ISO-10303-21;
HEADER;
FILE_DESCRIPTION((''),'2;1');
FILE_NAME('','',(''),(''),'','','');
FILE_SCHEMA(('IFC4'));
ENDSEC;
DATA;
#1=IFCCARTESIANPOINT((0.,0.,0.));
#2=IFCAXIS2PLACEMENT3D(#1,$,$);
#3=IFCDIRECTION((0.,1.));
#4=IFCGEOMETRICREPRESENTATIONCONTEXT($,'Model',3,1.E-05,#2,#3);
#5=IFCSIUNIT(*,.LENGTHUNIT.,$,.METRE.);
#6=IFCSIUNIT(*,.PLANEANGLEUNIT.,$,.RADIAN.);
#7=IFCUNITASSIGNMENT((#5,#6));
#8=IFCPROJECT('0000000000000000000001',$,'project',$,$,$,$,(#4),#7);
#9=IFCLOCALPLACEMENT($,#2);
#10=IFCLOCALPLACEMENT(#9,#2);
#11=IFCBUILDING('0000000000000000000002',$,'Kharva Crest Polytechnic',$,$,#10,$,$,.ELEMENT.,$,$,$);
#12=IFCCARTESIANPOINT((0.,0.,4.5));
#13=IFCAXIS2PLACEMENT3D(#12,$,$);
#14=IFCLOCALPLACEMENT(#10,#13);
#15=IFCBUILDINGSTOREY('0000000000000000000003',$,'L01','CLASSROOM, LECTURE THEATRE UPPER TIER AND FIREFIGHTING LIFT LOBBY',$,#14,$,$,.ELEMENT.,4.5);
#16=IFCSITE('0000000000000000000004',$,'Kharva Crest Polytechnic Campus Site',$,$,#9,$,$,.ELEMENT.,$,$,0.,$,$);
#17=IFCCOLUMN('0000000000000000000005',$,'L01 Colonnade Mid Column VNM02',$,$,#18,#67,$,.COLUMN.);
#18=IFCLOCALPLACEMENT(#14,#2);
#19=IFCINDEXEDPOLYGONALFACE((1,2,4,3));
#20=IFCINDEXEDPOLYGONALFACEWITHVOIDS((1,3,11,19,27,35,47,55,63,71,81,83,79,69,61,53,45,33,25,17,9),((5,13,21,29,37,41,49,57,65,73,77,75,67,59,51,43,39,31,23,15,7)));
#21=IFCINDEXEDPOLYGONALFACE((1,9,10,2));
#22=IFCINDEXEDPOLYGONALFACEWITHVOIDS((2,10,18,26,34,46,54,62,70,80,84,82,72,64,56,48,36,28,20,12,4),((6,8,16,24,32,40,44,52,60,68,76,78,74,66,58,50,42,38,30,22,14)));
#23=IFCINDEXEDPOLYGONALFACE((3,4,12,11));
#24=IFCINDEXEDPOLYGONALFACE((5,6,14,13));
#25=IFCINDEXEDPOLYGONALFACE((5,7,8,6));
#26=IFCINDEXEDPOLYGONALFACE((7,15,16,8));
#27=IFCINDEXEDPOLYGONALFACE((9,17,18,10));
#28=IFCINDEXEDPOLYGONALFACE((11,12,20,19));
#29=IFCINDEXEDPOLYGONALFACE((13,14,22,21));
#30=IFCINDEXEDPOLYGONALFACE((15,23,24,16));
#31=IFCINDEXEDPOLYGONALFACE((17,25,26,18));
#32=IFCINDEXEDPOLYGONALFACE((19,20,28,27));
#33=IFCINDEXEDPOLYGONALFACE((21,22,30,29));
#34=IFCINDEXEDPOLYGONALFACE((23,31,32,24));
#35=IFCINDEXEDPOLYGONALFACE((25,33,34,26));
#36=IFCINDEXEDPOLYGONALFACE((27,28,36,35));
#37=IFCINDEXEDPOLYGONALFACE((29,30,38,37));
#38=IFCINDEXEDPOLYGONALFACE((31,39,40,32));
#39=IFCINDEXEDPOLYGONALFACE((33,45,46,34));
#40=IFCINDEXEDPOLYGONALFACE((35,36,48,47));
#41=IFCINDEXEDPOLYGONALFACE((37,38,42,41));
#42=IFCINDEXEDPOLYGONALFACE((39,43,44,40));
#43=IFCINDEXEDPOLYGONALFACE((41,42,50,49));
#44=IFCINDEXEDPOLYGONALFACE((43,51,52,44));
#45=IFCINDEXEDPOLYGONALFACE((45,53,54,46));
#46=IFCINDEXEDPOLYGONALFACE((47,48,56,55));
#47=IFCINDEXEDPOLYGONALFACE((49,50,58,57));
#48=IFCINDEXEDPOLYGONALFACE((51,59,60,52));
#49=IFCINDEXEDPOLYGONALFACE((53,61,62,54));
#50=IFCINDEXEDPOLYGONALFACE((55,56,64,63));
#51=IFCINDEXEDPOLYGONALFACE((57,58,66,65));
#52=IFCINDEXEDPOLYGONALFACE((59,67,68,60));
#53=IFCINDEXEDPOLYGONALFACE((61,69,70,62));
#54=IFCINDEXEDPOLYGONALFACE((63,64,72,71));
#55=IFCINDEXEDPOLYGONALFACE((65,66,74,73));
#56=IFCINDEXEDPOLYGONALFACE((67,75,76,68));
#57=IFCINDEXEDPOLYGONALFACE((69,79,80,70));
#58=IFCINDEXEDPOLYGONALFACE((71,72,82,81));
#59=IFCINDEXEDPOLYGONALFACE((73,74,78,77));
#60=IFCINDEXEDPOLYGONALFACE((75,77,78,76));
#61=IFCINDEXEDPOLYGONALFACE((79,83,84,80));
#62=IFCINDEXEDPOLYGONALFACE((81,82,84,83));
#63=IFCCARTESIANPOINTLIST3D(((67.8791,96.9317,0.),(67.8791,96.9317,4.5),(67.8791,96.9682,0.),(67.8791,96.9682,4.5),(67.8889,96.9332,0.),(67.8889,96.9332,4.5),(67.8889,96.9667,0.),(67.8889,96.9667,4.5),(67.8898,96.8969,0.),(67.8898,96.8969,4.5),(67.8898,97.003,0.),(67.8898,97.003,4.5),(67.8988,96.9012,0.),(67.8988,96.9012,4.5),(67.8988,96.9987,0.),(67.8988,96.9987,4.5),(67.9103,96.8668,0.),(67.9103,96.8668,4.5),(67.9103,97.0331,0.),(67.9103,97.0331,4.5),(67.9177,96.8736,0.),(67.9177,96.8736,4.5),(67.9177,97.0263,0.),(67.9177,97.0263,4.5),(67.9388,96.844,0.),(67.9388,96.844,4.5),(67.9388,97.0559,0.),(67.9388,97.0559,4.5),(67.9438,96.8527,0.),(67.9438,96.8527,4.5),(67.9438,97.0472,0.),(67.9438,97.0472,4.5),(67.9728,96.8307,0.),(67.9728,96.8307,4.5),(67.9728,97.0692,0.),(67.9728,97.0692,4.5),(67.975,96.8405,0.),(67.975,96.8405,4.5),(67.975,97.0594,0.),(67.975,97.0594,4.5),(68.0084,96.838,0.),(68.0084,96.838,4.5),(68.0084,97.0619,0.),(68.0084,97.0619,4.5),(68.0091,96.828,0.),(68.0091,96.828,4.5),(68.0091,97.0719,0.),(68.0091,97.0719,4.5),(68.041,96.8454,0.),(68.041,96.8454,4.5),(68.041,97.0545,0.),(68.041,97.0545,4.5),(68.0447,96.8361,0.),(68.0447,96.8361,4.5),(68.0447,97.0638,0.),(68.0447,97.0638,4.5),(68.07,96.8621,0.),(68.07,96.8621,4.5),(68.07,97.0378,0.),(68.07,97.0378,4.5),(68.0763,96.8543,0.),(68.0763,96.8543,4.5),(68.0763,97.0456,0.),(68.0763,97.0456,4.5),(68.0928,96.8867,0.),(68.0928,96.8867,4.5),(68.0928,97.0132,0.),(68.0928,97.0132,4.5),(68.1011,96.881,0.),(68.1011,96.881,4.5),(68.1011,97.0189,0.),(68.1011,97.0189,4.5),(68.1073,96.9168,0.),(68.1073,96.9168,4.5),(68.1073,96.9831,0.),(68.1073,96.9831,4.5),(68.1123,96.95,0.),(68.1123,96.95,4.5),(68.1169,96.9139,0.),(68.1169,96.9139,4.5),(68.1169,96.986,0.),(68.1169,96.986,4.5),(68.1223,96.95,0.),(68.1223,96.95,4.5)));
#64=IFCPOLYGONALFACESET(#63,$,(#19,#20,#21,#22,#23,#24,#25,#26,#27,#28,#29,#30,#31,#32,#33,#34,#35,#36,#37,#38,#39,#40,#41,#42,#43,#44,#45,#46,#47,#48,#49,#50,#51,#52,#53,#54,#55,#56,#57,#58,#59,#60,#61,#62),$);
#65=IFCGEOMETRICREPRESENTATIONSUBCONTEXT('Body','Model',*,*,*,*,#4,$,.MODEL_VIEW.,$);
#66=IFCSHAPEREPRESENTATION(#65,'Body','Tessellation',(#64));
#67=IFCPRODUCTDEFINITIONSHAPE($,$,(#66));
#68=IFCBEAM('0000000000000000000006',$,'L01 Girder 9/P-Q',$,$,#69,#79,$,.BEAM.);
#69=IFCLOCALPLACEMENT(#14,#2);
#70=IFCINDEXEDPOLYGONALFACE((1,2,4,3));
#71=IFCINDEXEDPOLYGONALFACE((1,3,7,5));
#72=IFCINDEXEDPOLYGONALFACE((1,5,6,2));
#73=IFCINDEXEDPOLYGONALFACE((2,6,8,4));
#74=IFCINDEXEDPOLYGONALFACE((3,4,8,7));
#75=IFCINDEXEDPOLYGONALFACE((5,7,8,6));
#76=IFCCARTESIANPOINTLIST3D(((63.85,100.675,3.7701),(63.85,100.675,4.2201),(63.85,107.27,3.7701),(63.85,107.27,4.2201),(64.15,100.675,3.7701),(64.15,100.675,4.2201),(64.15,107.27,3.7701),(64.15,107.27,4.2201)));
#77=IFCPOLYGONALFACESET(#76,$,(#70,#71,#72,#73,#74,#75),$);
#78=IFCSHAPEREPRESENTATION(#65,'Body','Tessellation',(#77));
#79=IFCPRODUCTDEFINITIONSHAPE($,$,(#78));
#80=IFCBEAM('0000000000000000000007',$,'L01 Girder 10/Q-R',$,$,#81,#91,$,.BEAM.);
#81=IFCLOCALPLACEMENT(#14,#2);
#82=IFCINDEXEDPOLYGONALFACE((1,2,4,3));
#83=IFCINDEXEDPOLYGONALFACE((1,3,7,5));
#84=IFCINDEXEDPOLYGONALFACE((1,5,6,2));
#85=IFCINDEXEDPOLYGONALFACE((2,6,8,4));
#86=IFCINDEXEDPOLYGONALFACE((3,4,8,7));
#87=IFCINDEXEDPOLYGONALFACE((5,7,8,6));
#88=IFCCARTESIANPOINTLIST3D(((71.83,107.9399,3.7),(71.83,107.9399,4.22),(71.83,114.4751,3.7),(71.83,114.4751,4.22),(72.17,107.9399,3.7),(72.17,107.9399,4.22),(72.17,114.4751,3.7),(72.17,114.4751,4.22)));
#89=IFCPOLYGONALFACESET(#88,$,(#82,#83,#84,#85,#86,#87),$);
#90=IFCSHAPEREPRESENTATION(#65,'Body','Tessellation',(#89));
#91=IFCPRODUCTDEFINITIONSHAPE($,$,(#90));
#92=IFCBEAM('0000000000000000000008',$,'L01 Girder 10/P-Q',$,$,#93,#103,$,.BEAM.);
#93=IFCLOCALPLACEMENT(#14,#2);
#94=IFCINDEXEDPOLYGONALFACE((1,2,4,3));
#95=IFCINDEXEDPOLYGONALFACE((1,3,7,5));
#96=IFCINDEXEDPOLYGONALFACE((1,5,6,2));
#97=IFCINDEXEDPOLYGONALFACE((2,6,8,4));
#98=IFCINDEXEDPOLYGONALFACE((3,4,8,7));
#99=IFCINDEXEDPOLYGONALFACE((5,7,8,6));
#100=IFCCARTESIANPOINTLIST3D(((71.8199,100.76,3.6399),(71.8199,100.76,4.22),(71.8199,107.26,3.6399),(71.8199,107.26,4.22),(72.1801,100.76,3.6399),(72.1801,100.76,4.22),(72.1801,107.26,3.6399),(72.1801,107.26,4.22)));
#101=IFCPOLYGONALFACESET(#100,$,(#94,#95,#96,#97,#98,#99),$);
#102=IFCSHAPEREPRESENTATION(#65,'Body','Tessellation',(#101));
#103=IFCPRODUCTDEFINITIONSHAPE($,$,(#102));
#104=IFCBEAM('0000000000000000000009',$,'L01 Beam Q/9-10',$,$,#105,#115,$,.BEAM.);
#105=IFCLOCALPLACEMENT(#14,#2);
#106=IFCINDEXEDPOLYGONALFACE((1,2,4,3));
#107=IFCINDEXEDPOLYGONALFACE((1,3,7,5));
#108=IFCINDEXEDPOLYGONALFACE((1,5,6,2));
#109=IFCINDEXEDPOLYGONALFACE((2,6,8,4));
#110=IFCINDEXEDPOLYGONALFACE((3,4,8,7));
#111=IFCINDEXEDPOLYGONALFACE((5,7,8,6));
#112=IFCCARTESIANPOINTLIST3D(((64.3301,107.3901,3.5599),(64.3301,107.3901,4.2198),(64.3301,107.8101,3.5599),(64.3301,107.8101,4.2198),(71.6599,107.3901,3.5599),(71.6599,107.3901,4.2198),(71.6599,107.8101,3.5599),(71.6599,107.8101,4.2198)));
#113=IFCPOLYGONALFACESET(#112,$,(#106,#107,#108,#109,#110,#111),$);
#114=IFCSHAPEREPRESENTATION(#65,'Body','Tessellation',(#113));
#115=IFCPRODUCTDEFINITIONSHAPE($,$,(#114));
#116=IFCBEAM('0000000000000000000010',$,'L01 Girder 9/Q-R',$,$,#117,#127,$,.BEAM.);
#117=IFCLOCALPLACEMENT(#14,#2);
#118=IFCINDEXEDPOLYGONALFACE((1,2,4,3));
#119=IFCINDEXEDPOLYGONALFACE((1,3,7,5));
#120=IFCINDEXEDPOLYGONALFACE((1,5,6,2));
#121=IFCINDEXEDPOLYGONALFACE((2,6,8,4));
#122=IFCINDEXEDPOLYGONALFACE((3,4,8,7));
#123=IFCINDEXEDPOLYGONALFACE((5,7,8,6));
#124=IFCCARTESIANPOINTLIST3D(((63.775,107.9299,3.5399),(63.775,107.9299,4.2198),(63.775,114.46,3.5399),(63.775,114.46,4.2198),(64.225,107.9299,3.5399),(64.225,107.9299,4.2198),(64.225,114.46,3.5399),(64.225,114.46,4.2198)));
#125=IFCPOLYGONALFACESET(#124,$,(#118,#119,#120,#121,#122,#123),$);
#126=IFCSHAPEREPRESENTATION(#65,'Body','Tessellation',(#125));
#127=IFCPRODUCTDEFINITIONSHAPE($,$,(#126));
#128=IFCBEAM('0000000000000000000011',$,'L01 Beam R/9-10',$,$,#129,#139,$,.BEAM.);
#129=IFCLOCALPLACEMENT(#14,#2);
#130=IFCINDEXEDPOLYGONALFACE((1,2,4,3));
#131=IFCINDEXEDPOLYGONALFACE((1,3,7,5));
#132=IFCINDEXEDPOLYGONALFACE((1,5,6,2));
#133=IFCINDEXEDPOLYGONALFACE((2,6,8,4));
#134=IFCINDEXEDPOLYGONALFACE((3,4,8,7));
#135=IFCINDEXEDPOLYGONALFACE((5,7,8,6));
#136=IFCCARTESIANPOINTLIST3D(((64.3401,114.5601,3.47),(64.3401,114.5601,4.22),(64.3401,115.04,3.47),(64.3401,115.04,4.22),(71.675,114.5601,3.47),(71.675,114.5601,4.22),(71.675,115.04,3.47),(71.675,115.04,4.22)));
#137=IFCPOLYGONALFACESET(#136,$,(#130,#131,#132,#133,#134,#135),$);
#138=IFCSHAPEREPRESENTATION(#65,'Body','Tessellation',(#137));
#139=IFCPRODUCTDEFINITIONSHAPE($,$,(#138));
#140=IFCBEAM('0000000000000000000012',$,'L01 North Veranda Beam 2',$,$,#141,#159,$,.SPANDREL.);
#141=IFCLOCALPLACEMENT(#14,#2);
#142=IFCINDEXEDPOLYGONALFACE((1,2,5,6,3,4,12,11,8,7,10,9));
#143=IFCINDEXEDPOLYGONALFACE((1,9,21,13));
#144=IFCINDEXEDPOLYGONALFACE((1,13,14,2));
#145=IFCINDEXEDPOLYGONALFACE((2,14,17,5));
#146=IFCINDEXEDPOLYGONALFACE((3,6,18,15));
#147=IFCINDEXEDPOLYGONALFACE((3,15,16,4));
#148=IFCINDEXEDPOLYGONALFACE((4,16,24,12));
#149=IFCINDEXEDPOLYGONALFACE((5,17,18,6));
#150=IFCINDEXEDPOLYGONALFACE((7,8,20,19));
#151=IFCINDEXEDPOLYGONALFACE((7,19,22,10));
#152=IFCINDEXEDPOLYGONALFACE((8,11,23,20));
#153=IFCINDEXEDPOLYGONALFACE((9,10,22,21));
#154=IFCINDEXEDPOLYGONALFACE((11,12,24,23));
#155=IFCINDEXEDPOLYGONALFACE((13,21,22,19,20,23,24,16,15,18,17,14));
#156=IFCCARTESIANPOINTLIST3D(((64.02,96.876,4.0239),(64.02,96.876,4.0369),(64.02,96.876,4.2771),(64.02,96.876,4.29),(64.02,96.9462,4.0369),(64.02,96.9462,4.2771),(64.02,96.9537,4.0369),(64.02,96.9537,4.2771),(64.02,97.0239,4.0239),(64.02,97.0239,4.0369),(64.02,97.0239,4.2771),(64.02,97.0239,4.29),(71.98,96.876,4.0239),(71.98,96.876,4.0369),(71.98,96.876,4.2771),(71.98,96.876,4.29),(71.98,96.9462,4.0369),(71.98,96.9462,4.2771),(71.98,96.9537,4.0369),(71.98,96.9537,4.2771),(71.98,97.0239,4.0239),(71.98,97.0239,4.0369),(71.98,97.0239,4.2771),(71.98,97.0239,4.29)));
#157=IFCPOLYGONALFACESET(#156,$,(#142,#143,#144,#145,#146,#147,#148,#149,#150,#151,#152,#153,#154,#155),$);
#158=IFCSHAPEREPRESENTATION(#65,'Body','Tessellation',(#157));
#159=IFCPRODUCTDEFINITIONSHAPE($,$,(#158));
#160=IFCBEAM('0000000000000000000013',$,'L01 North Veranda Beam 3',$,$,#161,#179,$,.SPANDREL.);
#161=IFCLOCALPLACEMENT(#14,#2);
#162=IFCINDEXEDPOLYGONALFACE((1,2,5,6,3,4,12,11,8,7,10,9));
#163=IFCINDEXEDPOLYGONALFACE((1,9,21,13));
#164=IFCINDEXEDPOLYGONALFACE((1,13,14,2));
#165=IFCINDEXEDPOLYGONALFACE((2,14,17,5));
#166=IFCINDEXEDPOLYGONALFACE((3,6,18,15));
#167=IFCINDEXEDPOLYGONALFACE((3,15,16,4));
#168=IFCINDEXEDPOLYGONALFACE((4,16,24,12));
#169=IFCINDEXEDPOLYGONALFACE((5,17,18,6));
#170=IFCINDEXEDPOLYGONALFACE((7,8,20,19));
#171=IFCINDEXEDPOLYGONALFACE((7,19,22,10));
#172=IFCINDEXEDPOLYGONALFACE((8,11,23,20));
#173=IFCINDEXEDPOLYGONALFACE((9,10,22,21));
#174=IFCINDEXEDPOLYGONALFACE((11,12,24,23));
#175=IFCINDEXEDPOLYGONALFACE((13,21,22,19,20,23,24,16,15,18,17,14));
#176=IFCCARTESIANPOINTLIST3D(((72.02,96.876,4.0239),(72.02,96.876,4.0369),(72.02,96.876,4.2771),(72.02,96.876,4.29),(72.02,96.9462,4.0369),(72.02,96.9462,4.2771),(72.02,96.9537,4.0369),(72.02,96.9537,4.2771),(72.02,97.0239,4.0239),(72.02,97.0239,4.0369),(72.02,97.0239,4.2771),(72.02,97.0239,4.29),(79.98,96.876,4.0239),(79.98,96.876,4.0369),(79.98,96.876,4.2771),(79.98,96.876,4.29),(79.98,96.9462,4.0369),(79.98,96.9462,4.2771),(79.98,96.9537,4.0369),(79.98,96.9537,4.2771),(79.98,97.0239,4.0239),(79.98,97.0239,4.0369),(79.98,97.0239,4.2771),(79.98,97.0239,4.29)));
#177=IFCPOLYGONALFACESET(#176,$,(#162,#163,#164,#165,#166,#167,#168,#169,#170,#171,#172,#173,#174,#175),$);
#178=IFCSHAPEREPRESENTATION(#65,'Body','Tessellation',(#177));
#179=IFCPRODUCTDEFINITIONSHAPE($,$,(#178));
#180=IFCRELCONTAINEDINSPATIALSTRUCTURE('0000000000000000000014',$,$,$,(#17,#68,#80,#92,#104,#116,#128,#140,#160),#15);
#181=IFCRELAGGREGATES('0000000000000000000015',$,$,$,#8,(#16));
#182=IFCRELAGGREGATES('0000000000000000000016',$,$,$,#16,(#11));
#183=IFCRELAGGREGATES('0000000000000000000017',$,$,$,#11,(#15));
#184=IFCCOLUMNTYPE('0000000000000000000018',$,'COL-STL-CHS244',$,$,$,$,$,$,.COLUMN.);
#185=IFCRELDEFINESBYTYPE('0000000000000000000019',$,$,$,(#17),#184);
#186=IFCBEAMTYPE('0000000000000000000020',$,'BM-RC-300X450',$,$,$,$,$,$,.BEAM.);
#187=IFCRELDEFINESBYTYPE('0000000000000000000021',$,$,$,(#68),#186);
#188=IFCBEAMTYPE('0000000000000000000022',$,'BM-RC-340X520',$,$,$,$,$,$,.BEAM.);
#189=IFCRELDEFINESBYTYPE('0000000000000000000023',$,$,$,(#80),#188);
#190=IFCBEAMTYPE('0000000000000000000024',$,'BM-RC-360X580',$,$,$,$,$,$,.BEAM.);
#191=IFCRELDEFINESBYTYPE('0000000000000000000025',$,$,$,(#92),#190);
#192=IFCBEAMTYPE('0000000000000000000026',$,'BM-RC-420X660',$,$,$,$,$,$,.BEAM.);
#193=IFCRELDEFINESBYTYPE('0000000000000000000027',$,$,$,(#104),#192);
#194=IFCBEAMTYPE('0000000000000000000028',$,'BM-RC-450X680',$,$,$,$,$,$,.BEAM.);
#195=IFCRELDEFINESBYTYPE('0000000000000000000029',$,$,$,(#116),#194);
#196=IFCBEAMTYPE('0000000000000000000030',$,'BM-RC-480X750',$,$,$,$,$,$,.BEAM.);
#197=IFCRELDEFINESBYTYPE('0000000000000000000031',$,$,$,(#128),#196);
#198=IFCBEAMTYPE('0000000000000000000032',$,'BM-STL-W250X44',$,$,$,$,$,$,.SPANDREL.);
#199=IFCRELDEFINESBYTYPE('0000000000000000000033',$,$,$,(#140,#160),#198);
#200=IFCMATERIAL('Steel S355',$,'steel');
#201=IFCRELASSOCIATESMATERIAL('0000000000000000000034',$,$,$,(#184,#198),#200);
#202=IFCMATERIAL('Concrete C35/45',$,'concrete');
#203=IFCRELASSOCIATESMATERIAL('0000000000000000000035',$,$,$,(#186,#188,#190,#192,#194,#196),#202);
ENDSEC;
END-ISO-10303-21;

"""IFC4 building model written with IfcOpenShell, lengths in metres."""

from ifc_helpers import new_model, si_unit, direction, frame, origin, origin_2d, place, context, subcontext, project, spatial, rectangle, hollow_circle, i_section, extrude, material, material_profile, profile_set, type_object, element, save


model = new_model("IFC4")

# Units and contexts
model_context = context("Model", 3, precision=1e-05, world=origin(), true_north=direction((0.0, 1.0)))
body_context = subcontext(model_context, "Body", "Model", "MODEL_VIEW")
ifc_project = project(units=[si_unit("LENGTHUNIT", "METRE"), si_unit("PLANEANGLEUNIT", "RADIAN")], contexts=[model_context])

# Site, building, storey
site_placement = place(None, origin())
site = spatial("IfcSite", under=ifc_project, at=site_placement, Name="Kharva Crest Polytechnic Campus Site", CompositionType="ELEMENT", RefElevation=0.0)
building_placement = place(site_placement, origin())
building = spatial("IfcBuilding", under=site, at=building_placement, Name="Kharva Crest Polytechnic", CompositionType="ELEMENT")
storey_placement = place(building_placement, frame((0.0, 0.0, 4.5)))
storey = spatial("IfcBuildingStorey", under=building, at=storey_placement, Name="L01", Description="CLASSROOM, LECTURE THEATRE UPPER TIER AND FIREFIGHTING LIFT LOBBY", CompositionType="ELEMENT", Elevation=4.5)

# Column
ifc_material_1 = material(Name="Steel S355", Category="steel")
ifc_material_profile_1 = material_profile(ifc_material_1, hollow_circle(Radius=0.1223, WallThickness=0.01, at=origin_2d()), Name="CHS 244.5X10.0")
ifc_profile_set_1 = profile_set([ifc_material_profile_1], Name="Steel S355")
column_type_1 = type_object("IfcColumnType", Name="COL-STL-CHS244", PredefinedType="COLUMN", material=ifc_profile_set_1)
for number, where, z_axis, x_axis, name in (
    (1, (68.0, 96.95, 0.0), (0.0, 0.0, 1.0), (1.0, 0.0, 0.0), "L01 Colonnade Mid Column VNM02"),
):
    element("IfcColumn", number, at=place(storey_placement, frame(where, z_axis=z_axis, x_axis=x_axis)), inside=storey, type_object=column_type_1, Name=name, PredefinedType="COLUMN", context=body_context, shape_type="SweptSolid", body=[
        extrude(hollow_circle(Radius=0.1223, WallThickness=0.01, at=origin_2d()), origin(), (0.0, 0.0, 1.0), 4.5),
    ])

# Beams
ifc_material_2 = material(Name="Concrete C35/45", Category="concrete")
ifc_material_profile_2 = material_profile(ifc_material_2, rectangle(XDim=0.3, YDim=0.45, at=origin_2d()), Name="RECT 300 X 450")
ifc_profile_set_2 = profile_set([ifc_material_profile_2], Name="Concrete C35/45")
beam_type_1 = type_object("IfcBeamType", Name="BM-RC-300X450", PredefinedType="BEAM", material=ifc_profile_set_2)
beam_1_placement = place(storey_placement, frame((64.0, 100.675, 3.9951), z_axis=(0.0, 1.0, 0.0), x_axis=(-1.0, 0.0, 0.0)))
element("IfcBeam", 2, at=beam_1_placement, inside=storey, type_object=beam_type_1, Name="L01 Girder 9/P-Q", PredefinedType="BEAM", context=body_context, shape_type="SweptSolid", body=[
    extrude(rectangle(XDim=0.3, YDim=0.45, at=origin_2d()), origin(), (0.0, 0.0, 1.0), 6.595),
])
ifc_material_profile_3 = material_profile(ifc_material_2, rectangle(XDim=0.3401, YDim=0.52, at=origin_2d()), Name="RECT 340 X 520")
ifc_profile_set_3 = profile_set([ifc_material_profile_3], Name="Concrete C35/45")
beam_type_2 = type_object("IfcBeamType", Name="BM-RC-340X520", PredefinedType="BEAM", material=ifc_profile_set_3)
beam_2_placement = place(storey_placement, frame((72.0, 107.9399, 3.96), z_axis=(0.0, 1.0, 0.0), x_axis=(-1.0, 0.0, 0.0)))
element("IfcBeam", 3, at=beam_2_placement, inside=storey, type_object=beam_type_2, Name="L01 Girder 10/Q-R", PredefinedType="BEAM", context=body_context, shape_type="SweptSolid", body=[
    extrude(rectangle(XDim=0.3401, YDim=0.52, at=origin_2d()), origin(), (0.0, 0.0, 1.0), 6.5352),
])
ifc_material_profile_4 = material_profile(ifc_material_2, rectangle(XDim=0.3601, YDim=0.5801, at=origin_2d()), Name="RECT 360 X 580")
ifc_profile_set_4 = profile_set([ifc_material_profile_4], Name="Concrete C35/45")
beam_type_3 = type_object("IfcBeamType", Name="BM-RC-360X580", PredefinedType="BEAM", material=ifc_profile_set_4)
beam_3_placement = place(storey_placement, frame((72.0, 100.76, 3.9299), z_axis=(0.0, 1.0, 0.0), x_axis=(-1.0, 0.0, 0.0)))
element("IfcBeam", 4, at=beam_3_placement, inside=storey, type_object=beam_type_3, Name="L01 Girder 10/P-Q", PredefinedType="BEAM", context=body_context, shape_type="SweptSolid", body=[
    extrude(rectangle(XDim=0.3601, YDim=0.5801, at=origin_2d()), origin(), (0.0, 0.0, 1.0), 6.5),
])
ifc_material_profile_5 = material_profile(ifc_material_2, rectangle(XDim=0.4199, YDim=0.6599, at=origin_2d()), Name="RECT 420 X 660")
ifc_profile_set_5 = profile_set([ifc_material_profile_5], Name="Concrete C35/45")
beam_type_4 = type_object("IfcBeamType", Name="BM-RC-420X660", PredefinedType="BEAM", material=ifc_profile_set_5)
beam_4_placement = place(storey_placement, frame((64.3301, 107.6001, 3.8899), z_axis=(1.0, 0.0, 0.0), x_axis=(0.0, 1.0, 0.0)))
element("IfcBeam", 5, at=beam_4_placement, inside=storey, type_object=beam_type_4, Name="L01 Beam Q/9-10", PredefinedType="BEAM", context=body_context, shape_type="SweptSolid", body=[
    extrude(rectangle(XDim=0.4199, YDim=0.6599, at=origin_2d()), origin(), (0.0, 0.0, 1.0), 7.3298),
])
ifc_material_profile_6 = material_profile(ifc_material_2, rectangle(XDim=0.45, YDim=0.6799, at=origin_2d()), Name="RECT 450 X 680")
ifc_profile_set_6 = profile_set([ifc_material_profile_6], Name="Concrete C35/45")
beam_type_5 = type_object("IfcBeamType", Name="BM-RC-450X680", PredefinedType="BEAM", material=ifc_profile_set_6)
beam_5_placement = place(storey_placement, frame((64.0, 107.9299, 3.8799), z_axis=(0.0, 1.0, 0.0), x_axis=(-1.0, 0.0, 0.0)))
element("IfcBeam", 6, at=beam_5_placement, inside=storey, type_object=beam_type_5, Name="L01 Girder 9/Q-R", PredefinedType="BEAM", context=body_context, shape_type="SweptSolid", body=[
    extrude(rectangle(XDim=0.45, YDim=0.6799, at=origin_2d()), origin(), (0.0, 0.0, 1.0), 6.53),
])
ifc_material_profile_7 = material_profile(ifc_material_2, rectangle(XDim=0.48, YDim=0.75, at=origin_2d()), Name="RECT 480 X 750")
ifc_profile_set_7 = profile_set([ifc_material_profile_7], Name="Concrete C35/45")
beam_type_6 = type_object("IfcBeamType", Name="BM-RC-480X750", PredefinedType="BEAM", material=ifc_profile_set_7)
beam_6_placement = place(storey_placement, frame((64.3401, 114.8, 3.845), z_axis=(1.0, 0.0, 0.0), x_axis=(0.0, 1.0, 0.0)))
element("IfcBeam", 7, at=beam_6_placement, inside=storey, type_object=beam_type_6, Name="L01 Beam R/9-10", PredefinedType="BEAM", context=body_context, shape_type="SweptSolid", body=[
    extrude(rectangle(XDim=0.48, YDim=0.75, at=origin_2d()), origin(), (0.0, 0.0, 1.0), 7.335),
])
ifc_material_profile_8 = material_profile(ifc_material_1, i_section(OverallWidth=0.1479, OverallDepth=0.2661, WebThickness=0.0076, FlangeThickness=0.0129, at=origin_2d()), Name="W250X44.8")
ifc_profile_set_8 = profile_set([ifc_material_profile_8], Name="Steel S355")
beam_type_7 = type_object("IfcBeamType", Name="BM-STL-W250X44", PredefinedType="SPANDREL", material=ifc_profile_set_8)
for number, where, z_axis, x_axis, name in (
    (8, (64.02, 96.95, 4.157), (1.0, 0.0, 0.0), (0.0, 1.0, 0.0), "L01 North Veranda Beam 2"),
    (9, (72.02, 96.95, 4.157), (1.0, 0.0, 0.0), (0.0, 1.0, 0.0), "L01 North Veranda Beam 3"),
):
    element("IfcBeam", number, at=place(storey_placement, frame(where, z_axis=z_axis, x_axis=x_axis)), inside=storey, type_object=beam_type_7, Name=name, PredefinedType="SPANDREL", context=body_context, shape_type="SweptSolid", body=[
        extrude(i_section(OverallWidth=0.1479, OverallDepth=0.2661, WebThickness=0.0076, FlangeThickness=0.0129, at=origin_2d()), origin(), (0.0, 0.0, 1.0), 7.96),
    ])

save(model, "model.ifc")
